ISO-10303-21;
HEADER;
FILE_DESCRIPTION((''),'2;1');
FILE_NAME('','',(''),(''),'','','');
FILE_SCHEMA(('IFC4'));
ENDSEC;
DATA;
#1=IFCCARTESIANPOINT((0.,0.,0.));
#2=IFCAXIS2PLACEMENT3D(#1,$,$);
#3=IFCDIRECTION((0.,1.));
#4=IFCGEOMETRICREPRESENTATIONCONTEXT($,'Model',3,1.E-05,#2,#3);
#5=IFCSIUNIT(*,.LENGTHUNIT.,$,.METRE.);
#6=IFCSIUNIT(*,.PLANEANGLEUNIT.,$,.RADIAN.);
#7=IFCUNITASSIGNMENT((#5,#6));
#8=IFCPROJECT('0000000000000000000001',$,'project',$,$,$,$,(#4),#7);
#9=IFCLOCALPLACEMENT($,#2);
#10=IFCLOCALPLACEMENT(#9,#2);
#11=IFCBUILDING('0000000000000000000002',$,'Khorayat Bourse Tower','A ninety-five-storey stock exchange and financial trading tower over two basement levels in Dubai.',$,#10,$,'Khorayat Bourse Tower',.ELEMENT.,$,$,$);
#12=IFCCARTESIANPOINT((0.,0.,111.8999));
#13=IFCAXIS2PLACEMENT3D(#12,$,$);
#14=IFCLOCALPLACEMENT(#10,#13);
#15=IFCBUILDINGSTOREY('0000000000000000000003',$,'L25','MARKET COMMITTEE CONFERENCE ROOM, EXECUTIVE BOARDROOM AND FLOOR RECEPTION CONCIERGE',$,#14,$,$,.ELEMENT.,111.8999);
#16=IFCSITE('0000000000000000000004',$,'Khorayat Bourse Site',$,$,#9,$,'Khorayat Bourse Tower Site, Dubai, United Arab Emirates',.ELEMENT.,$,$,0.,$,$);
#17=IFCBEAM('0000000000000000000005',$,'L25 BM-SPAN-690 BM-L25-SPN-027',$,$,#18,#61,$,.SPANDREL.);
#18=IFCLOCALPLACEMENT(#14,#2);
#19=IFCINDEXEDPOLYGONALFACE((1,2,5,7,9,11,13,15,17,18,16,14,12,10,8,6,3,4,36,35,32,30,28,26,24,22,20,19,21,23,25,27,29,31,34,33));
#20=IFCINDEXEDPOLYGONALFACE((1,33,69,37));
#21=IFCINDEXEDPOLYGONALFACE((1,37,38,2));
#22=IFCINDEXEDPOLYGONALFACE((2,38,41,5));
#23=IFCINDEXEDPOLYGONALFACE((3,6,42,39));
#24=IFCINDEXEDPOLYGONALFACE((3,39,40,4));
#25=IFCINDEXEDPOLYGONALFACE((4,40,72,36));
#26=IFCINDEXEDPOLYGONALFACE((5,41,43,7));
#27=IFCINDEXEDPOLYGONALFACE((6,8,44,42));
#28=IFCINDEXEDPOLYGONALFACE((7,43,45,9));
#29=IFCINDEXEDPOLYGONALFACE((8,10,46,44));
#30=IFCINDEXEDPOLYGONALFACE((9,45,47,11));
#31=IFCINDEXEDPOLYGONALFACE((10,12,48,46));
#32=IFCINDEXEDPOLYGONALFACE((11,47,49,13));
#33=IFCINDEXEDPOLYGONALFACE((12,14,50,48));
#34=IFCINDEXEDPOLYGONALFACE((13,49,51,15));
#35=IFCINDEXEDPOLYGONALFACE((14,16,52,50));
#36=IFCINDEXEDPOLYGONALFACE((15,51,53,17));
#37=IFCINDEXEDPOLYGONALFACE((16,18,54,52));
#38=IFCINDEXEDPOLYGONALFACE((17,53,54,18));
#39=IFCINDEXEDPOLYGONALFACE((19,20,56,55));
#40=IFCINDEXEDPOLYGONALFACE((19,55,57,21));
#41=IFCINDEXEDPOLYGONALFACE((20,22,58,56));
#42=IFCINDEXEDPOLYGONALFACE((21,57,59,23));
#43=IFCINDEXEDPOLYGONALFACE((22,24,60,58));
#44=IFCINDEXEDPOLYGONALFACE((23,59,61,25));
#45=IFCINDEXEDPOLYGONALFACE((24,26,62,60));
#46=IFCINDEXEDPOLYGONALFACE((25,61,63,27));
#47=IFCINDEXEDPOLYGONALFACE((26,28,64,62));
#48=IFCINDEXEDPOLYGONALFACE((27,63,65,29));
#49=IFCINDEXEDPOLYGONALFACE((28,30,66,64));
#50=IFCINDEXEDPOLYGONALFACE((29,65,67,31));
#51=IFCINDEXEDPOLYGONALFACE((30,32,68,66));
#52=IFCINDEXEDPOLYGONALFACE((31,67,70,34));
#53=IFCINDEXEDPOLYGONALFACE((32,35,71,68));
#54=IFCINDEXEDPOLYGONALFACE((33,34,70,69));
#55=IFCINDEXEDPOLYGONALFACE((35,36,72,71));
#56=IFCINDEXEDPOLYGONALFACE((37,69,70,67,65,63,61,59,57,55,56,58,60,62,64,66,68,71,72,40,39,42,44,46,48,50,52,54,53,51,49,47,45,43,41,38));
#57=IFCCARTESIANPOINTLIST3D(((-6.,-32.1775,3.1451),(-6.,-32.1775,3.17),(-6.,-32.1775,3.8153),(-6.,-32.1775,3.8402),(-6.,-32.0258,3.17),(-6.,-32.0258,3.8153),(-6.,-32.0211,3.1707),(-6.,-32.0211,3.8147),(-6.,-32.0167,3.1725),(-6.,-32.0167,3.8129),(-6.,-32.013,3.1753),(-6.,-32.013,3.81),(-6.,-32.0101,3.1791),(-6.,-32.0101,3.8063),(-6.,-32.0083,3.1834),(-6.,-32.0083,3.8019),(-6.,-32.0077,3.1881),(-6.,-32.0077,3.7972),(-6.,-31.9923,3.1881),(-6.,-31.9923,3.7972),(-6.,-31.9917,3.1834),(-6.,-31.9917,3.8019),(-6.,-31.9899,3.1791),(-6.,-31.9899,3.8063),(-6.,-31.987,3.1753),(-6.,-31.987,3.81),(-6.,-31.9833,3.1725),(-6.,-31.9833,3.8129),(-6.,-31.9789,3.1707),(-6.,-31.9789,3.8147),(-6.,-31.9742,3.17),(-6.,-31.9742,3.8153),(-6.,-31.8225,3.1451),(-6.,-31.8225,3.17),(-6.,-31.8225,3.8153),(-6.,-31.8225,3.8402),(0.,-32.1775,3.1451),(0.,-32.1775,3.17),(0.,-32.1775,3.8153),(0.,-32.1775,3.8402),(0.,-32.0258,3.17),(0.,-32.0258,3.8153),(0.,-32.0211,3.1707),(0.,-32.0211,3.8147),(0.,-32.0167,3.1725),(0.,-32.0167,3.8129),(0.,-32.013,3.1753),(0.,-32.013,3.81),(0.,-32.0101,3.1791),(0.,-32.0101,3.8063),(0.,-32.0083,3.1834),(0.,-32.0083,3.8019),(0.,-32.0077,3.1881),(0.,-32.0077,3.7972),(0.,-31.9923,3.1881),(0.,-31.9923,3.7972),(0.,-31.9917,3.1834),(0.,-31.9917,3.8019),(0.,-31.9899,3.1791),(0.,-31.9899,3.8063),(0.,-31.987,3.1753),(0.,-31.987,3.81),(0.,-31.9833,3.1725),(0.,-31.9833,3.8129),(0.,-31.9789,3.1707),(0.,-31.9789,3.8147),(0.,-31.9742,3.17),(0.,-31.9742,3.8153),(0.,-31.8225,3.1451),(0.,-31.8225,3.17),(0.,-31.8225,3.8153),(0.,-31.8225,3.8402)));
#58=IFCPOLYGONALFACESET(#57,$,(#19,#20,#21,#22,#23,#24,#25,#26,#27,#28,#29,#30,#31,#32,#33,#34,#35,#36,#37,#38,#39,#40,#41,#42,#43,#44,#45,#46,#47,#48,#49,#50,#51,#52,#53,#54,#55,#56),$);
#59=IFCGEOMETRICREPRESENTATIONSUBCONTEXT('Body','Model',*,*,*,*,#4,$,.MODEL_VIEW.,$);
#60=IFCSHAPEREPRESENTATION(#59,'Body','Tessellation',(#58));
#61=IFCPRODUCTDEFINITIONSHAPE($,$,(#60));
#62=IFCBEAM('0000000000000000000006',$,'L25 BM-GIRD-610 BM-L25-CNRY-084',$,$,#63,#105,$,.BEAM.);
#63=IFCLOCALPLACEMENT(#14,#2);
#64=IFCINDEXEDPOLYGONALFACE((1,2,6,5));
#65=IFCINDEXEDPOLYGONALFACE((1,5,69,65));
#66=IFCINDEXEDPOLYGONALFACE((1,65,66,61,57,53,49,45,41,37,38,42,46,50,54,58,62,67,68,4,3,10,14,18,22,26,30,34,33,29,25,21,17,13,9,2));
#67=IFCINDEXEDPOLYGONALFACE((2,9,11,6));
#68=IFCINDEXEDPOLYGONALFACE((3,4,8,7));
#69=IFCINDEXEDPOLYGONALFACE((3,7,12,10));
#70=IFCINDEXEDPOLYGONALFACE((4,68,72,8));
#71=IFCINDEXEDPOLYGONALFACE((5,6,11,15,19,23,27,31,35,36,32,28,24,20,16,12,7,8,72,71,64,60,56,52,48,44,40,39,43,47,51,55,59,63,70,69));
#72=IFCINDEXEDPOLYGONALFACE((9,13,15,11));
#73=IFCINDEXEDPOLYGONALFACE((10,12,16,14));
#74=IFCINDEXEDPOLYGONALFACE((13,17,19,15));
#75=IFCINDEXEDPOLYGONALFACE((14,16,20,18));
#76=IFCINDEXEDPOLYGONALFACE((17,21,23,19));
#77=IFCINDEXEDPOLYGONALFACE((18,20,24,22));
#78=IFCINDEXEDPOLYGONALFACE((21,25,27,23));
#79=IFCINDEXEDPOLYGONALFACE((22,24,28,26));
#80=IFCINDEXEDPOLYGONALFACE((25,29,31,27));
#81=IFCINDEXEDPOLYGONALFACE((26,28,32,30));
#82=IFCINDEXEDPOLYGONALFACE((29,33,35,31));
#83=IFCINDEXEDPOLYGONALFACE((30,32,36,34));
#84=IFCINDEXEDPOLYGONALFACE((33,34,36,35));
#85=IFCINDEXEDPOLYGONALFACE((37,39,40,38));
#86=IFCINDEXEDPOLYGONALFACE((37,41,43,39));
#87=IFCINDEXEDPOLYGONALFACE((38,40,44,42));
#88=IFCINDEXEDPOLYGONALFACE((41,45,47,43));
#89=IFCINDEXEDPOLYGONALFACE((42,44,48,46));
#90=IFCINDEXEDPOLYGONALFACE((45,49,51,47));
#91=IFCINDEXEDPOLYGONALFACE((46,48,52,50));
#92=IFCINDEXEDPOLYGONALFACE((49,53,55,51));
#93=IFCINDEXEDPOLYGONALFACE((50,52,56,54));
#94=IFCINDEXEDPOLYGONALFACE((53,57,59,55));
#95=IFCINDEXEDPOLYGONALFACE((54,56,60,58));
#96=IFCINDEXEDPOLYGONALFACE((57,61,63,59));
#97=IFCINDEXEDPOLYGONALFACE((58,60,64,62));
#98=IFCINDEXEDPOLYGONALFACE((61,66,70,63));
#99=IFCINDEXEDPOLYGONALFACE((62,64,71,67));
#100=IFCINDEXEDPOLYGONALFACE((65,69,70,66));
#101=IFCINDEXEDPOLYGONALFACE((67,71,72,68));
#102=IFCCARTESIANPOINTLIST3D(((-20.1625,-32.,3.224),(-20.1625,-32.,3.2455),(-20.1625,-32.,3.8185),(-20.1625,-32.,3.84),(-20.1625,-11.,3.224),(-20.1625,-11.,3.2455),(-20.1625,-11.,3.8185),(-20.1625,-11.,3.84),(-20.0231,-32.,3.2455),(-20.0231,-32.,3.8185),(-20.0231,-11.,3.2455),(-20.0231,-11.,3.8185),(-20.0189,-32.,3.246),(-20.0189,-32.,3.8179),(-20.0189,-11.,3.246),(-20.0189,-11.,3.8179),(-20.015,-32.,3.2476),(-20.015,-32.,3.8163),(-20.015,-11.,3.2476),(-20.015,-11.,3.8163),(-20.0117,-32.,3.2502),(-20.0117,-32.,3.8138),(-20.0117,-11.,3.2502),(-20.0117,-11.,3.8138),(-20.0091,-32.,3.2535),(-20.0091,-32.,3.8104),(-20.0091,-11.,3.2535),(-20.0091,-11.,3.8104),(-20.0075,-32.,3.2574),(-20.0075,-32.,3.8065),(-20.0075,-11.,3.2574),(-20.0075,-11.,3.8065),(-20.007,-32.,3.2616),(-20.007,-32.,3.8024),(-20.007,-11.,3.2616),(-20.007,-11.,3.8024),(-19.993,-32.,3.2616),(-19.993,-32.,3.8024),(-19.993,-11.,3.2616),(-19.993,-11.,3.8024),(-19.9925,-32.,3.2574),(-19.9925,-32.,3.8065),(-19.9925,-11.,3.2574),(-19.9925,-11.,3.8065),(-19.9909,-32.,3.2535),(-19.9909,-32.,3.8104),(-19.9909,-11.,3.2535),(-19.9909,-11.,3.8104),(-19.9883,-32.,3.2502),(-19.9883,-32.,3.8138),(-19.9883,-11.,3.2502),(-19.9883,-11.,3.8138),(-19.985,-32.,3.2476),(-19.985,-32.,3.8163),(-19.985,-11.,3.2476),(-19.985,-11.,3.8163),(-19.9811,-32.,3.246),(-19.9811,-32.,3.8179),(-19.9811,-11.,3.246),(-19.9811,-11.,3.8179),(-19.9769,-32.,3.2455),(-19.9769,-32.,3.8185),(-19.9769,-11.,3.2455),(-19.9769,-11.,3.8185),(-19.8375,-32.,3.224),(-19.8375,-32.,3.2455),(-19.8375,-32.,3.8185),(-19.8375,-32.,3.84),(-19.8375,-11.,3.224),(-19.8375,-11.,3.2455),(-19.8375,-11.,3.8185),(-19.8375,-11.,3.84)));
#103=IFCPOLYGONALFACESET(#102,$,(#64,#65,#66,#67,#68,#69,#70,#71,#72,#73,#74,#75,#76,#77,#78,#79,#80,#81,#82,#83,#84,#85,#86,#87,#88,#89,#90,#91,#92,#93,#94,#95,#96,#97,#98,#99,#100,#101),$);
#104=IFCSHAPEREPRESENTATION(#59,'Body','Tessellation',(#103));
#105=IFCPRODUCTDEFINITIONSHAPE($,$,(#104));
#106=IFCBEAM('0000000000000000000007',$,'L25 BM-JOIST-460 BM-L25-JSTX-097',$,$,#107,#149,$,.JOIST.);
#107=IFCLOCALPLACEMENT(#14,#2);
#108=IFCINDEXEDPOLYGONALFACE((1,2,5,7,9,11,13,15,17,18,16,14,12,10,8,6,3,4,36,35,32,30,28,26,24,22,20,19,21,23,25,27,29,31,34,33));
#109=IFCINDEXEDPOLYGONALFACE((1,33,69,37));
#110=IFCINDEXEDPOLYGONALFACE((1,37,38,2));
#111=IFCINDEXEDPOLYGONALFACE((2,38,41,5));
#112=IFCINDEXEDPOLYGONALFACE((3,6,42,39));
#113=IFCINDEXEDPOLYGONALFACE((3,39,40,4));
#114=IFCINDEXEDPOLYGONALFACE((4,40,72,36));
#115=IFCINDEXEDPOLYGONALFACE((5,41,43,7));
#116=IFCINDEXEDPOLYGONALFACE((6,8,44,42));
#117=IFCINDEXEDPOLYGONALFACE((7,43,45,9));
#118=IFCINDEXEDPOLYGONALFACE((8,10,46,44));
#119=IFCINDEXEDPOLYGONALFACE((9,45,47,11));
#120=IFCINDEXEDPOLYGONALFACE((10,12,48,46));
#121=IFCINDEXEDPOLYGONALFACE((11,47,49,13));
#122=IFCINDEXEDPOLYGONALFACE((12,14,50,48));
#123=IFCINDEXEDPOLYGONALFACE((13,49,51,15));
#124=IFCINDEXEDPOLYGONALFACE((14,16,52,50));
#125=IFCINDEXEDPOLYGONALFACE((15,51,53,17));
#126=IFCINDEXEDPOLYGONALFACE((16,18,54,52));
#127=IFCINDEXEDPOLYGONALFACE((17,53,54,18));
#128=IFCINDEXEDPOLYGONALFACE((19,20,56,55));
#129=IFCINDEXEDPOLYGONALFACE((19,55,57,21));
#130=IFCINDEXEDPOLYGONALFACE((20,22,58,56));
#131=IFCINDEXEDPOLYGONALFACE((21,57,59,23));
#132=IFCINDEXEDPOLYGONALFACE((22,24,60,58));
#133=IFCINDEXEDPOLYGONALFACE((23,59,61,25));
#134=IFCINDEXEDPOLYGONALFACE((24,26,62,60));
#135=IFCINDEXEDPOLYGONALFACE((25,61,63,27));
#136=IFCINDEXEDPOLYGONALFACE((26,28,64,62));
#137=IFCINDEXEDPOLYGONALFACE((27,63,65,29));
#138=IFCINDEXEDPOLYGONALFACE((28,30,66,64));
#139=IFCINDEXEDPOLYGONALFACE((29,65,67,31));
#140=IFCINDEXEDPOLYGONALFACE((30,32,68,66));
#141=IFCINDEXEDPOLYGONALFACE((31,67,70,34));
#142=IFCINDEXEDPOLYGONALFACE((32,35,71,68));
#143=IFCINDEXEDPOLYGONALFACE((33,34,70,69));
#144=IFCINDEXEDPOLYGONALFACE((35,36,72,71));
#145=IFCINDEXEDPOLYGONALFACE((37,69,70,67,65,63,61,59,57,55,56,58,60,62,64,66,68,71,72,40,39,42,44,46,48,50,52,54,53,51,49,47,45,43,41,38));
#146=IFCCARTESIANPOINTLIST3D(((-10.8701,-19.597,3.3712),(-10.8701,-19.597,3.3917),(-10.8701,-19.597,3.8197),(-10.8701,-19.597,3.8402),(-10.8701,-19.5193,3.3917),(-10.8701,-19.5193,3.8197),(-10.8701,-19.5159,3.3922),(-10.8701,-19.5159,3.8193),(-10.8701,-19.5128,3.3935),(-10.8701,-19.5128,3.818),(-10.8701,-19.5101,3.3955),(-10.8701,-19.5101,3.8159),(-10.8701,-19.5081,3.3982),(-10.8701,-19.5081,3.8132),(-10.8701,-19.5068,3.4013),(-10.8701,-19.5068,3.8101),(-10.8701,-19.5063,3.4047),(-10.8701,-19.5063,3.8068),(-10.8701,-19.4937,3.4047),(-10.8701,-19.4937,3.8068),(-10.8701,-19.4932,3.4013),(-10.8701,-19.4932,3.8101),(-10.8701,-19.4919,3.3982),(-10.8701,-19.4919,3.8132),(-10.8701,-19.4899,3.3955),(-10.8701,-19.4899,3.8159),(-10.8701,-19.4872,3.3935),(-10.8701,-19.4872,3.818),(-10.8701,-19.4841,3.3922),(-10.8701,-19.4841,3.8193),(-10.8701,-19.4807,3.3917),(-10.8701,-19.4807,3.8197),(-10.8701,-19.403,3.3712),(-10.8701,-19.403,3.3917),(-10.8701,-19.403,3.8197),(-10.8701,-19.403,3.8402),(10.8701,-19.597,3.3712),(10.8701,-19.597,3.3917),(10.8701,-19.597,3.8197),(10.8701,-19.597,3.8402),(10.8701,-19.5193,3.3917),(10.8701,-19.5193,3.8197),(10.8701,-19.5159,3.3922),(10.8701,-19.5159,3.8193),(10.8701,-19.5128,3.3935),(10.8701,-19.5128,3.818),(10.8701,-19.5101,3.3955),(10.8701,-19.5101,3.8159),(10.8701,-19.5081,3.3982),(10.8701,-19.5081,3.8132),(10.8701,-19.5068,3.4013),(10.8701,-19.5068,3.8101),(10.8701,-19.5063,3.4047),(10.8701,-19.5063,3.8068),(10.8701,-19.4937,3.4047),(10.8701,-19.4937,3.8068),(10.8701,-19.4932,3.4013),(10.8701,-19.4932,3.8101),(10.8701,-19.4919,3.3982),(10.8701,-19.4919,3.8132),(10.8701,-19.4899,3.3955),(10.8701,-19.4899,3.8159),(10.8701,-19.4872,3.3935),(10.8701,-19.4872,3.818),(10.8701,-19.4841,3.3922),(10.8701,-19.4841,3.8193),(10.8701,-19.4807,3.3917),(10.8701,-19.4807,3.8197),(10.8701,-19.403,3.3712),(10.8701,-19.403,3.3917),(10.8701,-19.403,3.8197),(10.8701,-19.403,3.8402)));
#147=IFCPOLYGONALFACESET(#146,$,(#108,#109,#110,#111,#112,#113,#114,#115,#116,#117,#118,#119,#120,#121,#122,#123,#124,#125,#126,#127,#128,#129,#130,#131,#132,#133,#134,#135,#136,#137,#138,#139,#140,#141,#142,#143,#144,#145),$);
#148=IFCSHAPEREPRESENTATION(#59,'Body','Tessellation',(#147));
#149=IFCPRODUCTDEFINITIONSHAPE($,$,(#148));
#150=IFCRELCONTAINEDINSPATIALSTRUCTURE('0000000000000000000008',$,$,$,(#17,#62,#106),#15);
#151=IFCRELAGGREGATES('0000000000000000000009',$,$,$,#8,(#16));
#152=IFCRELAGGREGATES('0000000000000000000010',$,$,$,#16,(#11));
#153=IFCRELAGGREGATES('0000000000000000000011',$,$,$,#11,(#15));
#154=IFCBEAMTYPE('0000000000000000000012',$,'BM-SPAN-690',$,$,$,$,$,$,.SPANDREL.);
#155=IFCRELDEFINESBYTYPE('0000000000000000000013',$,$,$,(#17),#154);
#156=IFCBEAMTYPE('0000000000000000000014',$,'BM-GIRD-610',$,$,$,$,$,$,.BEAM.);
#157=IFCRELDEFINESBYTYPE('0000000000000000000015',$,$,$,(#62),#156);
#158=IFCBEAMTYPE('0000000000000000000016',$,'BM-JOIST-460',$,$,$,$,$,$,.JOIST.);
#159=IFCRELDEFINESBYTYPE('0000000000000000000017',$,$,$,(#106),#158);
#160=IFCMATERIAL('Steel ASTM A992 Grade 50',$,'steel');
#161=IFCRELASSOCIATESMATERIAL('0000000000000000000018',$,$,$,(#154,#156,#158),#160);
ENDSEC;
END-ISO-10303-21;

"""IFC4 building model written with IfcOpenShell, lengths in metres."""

from ifc_helpers import new_model, si_unit, direction, frame, origin, origin_2d, place, context, subcontext, project, spatial, i_section, extrude, source, transform, mapped, material, material_profile, profile_set, type_object, element, save


model = new_model("IFC4")

# Units and contexts
model_context = context("Model", 3, precision=1e-05, world=origin(), true_north=direction((0.0, 1.0)))
body_context = subcontext(model_context, "Body", "Model", "MODEL_VIEW")
ifc_project = project(units=[si_unit("LENGTHUNIT", "METRE"), si_unit("PLANEANGLEUNIT", "RADIAN")], contexts=[model_context])

# Site, building, storey
site_placement = place(None, origin())
site = spatial("IfcSite", under=ifc_project, at=site_placement, Name="Khorayat Bourse Site", LongName="Khorayat Bourse Tower Site, Dubai, United Arab Emirates", CompositionType="ELEMENT", RefElevation=0.0)
building_placement = place(site_placement, origin())
building = spatial("IfcBuilding", under=site, at=building_placement, Name="Khorayat Bourse Tower", Description="A ninety-five-storey stock exchange and financial trading tower over two basement levels in Dubai.", LongName="Khorayat Bourse Tower", CompositionType="ELEMENT")
storey_placement = place(building_placement, frame((0.0, 0.0, 111.8999)))
storey = spatial("IfcBuildingStorey", under=building, at=storey_placement, Name="L25", Description="MARKET COMMITTEE CONFERENCE ROOM, EXECUTIVE BOARDROOM AND FLOOR RECEPTION CONCIERGE", CompositionType="ELEMENT", Elevation=111.8999)

# Beams
ifc_material_1 = material(Name="Steel ASTM A992 Grade 50", Category="steel")
ifc_material_profile_1 = material_profile(ifc_material_1, i_section(OverallWidth=0.355, OverallDepth=0.6951, WebThickness=0.0154, FlangeThickness=0.0249, FilletRadius=0.0181, at=origin_2d()), Name="W690X217")
ifc_profile_set_1 = profile_set([ifc_material_profile_1], Name="Steel ASTM A992 Grade 50")
beam_type_1 = type_object("IfcBeamType", Name="BM-SPAN-690", PredefinedType="SPANDREL", material=ifc_profile_set_1)
shared_shape_1 = source(origin(), body_context, "Body", "SweptSolid", [
    extrude(i_section(OverallWidth=0.355, OverallDepth=0.6951, WebThickness=0.0154, FlangeThickness=0.0249, FilletRadius=0.0181, at=origin_2d()), origin(), (0.0, 0.0, 1.0), 6.0),
])
beam_1_placement = place(storey_placement, frame((-6.0, -32.0, 3.4927), z_axis=(1.0, 0.0, 0.0), x_axis=(0.0, 1.0, 0.0)))
element("IfcBeam", 1, at=beam_1_placement, inside=storey, type_object=beam_type_1, Name="L25 BM-SPAN-690 BM-L25-SPN-027", PredefinedType="SPANDREL", context=body_context, shape_type="MappedRepresentation", body=[
    mapped(shared_shape_1, transform((0.0, 0.0, 0.0), scale=1.0)),
])
ifc_material_profile_2 = material_profile(ifc_material_1, i_section(OverallWidth=0.325, OverallDepth=0.616, WebThickness=0.0139, FlangeThickness=0.0215, FilletRadius=0.0161, at=origin_2d()), Name="W610X174")
ifc_profile_set_2 = profile_set([ifc_material_profile_2], Name="Steel ASTM A992 Grade 50")
beam_type_2 = type_object("IfcBeamType", Name="BM-GIRD-610", PredefinedType="BEAM", material=ifc_profile_set_2)
shared_shape_2 = source(origin(), body_context, "Body", "SweptSolid", [
    extrude(i_section(OverallWidth=0.325, OverallDepth=0.616, WebThickness=0.0139, FlangeThickness=0.0215, FilletRadius=0.0161, at=origin_2d()), origin(), (0.0, 0.0, 1.0), 21.0),
])
beam_2_placement = place(storey_placement, frame((-20.0, -32.0, 3.532), z_axis=(0.0, 1.0, 0.0), x_axis=(-1.0, 0.0, 0.0)))
element("IfcBeam", 2, at=beam_2_placement, inside=storey, type_object=beam_type_2, Name="L25 BM-GIRD-610 BM-L25-CNRY-084", PredefinedType="BEAM", context=body_context, shape_type="MappedRepresentation", body=[
    mapped(shared_shape_2, transform((0.0, 0.0, 0.0), scale=1.0)),
])
ifc_material_profile_3 = material_profile(ifc_material_1, i_section(OverallWidth=0.1941, OverallDepth=0.469, WebThickness=0.0127, FlangeThickness=0.0205, FilletRadius=0.0129, at=origin_2d()), Name="W460X106")
ifc_profile_set_3 = profile_set([ifc_material_profile_3], Name="Steel ASTM A992 Grade 50")
beam_type_3 = type_object("IfcBeamType", Name="BM-JOIST-460", PredefinedType="JOIST", material=ifc_profile_set_3)
shared_shape_3 = source(origin(), body_context, "Body", "SweptSolid", [
    extrude(i_section(OverallWidth=0.1941, OverallDepth=0.469, WebThickness=0.0127, FlangeThickness=0.0205, FilletRadius=0.0129, at=origin_2d()), origin(), (0.0, 0.0, 1.0), 21.7402),
])
beam_3_placement = place(storey_placement, frame((-10.8701, -19.5, 3.6057), z_axis=(1.0, 0.0, 0.0), x_axis=(0.0, 1.0, 0.0)))
element("IfcBeam", 3, at=beam_3_placement, inside=storey, type_object=beam_type_3, Name="L25 BM-JOIST-460 BM-L25-JSTX-097", PredefinedType="JOIST", context=body_context, shape_type="MappedRepresentation", body=[
    mapped(shared_shape_3, transform((0.0, 0.0, 0.0), scale=1.0)),
])

save(model, "model.ifc")
